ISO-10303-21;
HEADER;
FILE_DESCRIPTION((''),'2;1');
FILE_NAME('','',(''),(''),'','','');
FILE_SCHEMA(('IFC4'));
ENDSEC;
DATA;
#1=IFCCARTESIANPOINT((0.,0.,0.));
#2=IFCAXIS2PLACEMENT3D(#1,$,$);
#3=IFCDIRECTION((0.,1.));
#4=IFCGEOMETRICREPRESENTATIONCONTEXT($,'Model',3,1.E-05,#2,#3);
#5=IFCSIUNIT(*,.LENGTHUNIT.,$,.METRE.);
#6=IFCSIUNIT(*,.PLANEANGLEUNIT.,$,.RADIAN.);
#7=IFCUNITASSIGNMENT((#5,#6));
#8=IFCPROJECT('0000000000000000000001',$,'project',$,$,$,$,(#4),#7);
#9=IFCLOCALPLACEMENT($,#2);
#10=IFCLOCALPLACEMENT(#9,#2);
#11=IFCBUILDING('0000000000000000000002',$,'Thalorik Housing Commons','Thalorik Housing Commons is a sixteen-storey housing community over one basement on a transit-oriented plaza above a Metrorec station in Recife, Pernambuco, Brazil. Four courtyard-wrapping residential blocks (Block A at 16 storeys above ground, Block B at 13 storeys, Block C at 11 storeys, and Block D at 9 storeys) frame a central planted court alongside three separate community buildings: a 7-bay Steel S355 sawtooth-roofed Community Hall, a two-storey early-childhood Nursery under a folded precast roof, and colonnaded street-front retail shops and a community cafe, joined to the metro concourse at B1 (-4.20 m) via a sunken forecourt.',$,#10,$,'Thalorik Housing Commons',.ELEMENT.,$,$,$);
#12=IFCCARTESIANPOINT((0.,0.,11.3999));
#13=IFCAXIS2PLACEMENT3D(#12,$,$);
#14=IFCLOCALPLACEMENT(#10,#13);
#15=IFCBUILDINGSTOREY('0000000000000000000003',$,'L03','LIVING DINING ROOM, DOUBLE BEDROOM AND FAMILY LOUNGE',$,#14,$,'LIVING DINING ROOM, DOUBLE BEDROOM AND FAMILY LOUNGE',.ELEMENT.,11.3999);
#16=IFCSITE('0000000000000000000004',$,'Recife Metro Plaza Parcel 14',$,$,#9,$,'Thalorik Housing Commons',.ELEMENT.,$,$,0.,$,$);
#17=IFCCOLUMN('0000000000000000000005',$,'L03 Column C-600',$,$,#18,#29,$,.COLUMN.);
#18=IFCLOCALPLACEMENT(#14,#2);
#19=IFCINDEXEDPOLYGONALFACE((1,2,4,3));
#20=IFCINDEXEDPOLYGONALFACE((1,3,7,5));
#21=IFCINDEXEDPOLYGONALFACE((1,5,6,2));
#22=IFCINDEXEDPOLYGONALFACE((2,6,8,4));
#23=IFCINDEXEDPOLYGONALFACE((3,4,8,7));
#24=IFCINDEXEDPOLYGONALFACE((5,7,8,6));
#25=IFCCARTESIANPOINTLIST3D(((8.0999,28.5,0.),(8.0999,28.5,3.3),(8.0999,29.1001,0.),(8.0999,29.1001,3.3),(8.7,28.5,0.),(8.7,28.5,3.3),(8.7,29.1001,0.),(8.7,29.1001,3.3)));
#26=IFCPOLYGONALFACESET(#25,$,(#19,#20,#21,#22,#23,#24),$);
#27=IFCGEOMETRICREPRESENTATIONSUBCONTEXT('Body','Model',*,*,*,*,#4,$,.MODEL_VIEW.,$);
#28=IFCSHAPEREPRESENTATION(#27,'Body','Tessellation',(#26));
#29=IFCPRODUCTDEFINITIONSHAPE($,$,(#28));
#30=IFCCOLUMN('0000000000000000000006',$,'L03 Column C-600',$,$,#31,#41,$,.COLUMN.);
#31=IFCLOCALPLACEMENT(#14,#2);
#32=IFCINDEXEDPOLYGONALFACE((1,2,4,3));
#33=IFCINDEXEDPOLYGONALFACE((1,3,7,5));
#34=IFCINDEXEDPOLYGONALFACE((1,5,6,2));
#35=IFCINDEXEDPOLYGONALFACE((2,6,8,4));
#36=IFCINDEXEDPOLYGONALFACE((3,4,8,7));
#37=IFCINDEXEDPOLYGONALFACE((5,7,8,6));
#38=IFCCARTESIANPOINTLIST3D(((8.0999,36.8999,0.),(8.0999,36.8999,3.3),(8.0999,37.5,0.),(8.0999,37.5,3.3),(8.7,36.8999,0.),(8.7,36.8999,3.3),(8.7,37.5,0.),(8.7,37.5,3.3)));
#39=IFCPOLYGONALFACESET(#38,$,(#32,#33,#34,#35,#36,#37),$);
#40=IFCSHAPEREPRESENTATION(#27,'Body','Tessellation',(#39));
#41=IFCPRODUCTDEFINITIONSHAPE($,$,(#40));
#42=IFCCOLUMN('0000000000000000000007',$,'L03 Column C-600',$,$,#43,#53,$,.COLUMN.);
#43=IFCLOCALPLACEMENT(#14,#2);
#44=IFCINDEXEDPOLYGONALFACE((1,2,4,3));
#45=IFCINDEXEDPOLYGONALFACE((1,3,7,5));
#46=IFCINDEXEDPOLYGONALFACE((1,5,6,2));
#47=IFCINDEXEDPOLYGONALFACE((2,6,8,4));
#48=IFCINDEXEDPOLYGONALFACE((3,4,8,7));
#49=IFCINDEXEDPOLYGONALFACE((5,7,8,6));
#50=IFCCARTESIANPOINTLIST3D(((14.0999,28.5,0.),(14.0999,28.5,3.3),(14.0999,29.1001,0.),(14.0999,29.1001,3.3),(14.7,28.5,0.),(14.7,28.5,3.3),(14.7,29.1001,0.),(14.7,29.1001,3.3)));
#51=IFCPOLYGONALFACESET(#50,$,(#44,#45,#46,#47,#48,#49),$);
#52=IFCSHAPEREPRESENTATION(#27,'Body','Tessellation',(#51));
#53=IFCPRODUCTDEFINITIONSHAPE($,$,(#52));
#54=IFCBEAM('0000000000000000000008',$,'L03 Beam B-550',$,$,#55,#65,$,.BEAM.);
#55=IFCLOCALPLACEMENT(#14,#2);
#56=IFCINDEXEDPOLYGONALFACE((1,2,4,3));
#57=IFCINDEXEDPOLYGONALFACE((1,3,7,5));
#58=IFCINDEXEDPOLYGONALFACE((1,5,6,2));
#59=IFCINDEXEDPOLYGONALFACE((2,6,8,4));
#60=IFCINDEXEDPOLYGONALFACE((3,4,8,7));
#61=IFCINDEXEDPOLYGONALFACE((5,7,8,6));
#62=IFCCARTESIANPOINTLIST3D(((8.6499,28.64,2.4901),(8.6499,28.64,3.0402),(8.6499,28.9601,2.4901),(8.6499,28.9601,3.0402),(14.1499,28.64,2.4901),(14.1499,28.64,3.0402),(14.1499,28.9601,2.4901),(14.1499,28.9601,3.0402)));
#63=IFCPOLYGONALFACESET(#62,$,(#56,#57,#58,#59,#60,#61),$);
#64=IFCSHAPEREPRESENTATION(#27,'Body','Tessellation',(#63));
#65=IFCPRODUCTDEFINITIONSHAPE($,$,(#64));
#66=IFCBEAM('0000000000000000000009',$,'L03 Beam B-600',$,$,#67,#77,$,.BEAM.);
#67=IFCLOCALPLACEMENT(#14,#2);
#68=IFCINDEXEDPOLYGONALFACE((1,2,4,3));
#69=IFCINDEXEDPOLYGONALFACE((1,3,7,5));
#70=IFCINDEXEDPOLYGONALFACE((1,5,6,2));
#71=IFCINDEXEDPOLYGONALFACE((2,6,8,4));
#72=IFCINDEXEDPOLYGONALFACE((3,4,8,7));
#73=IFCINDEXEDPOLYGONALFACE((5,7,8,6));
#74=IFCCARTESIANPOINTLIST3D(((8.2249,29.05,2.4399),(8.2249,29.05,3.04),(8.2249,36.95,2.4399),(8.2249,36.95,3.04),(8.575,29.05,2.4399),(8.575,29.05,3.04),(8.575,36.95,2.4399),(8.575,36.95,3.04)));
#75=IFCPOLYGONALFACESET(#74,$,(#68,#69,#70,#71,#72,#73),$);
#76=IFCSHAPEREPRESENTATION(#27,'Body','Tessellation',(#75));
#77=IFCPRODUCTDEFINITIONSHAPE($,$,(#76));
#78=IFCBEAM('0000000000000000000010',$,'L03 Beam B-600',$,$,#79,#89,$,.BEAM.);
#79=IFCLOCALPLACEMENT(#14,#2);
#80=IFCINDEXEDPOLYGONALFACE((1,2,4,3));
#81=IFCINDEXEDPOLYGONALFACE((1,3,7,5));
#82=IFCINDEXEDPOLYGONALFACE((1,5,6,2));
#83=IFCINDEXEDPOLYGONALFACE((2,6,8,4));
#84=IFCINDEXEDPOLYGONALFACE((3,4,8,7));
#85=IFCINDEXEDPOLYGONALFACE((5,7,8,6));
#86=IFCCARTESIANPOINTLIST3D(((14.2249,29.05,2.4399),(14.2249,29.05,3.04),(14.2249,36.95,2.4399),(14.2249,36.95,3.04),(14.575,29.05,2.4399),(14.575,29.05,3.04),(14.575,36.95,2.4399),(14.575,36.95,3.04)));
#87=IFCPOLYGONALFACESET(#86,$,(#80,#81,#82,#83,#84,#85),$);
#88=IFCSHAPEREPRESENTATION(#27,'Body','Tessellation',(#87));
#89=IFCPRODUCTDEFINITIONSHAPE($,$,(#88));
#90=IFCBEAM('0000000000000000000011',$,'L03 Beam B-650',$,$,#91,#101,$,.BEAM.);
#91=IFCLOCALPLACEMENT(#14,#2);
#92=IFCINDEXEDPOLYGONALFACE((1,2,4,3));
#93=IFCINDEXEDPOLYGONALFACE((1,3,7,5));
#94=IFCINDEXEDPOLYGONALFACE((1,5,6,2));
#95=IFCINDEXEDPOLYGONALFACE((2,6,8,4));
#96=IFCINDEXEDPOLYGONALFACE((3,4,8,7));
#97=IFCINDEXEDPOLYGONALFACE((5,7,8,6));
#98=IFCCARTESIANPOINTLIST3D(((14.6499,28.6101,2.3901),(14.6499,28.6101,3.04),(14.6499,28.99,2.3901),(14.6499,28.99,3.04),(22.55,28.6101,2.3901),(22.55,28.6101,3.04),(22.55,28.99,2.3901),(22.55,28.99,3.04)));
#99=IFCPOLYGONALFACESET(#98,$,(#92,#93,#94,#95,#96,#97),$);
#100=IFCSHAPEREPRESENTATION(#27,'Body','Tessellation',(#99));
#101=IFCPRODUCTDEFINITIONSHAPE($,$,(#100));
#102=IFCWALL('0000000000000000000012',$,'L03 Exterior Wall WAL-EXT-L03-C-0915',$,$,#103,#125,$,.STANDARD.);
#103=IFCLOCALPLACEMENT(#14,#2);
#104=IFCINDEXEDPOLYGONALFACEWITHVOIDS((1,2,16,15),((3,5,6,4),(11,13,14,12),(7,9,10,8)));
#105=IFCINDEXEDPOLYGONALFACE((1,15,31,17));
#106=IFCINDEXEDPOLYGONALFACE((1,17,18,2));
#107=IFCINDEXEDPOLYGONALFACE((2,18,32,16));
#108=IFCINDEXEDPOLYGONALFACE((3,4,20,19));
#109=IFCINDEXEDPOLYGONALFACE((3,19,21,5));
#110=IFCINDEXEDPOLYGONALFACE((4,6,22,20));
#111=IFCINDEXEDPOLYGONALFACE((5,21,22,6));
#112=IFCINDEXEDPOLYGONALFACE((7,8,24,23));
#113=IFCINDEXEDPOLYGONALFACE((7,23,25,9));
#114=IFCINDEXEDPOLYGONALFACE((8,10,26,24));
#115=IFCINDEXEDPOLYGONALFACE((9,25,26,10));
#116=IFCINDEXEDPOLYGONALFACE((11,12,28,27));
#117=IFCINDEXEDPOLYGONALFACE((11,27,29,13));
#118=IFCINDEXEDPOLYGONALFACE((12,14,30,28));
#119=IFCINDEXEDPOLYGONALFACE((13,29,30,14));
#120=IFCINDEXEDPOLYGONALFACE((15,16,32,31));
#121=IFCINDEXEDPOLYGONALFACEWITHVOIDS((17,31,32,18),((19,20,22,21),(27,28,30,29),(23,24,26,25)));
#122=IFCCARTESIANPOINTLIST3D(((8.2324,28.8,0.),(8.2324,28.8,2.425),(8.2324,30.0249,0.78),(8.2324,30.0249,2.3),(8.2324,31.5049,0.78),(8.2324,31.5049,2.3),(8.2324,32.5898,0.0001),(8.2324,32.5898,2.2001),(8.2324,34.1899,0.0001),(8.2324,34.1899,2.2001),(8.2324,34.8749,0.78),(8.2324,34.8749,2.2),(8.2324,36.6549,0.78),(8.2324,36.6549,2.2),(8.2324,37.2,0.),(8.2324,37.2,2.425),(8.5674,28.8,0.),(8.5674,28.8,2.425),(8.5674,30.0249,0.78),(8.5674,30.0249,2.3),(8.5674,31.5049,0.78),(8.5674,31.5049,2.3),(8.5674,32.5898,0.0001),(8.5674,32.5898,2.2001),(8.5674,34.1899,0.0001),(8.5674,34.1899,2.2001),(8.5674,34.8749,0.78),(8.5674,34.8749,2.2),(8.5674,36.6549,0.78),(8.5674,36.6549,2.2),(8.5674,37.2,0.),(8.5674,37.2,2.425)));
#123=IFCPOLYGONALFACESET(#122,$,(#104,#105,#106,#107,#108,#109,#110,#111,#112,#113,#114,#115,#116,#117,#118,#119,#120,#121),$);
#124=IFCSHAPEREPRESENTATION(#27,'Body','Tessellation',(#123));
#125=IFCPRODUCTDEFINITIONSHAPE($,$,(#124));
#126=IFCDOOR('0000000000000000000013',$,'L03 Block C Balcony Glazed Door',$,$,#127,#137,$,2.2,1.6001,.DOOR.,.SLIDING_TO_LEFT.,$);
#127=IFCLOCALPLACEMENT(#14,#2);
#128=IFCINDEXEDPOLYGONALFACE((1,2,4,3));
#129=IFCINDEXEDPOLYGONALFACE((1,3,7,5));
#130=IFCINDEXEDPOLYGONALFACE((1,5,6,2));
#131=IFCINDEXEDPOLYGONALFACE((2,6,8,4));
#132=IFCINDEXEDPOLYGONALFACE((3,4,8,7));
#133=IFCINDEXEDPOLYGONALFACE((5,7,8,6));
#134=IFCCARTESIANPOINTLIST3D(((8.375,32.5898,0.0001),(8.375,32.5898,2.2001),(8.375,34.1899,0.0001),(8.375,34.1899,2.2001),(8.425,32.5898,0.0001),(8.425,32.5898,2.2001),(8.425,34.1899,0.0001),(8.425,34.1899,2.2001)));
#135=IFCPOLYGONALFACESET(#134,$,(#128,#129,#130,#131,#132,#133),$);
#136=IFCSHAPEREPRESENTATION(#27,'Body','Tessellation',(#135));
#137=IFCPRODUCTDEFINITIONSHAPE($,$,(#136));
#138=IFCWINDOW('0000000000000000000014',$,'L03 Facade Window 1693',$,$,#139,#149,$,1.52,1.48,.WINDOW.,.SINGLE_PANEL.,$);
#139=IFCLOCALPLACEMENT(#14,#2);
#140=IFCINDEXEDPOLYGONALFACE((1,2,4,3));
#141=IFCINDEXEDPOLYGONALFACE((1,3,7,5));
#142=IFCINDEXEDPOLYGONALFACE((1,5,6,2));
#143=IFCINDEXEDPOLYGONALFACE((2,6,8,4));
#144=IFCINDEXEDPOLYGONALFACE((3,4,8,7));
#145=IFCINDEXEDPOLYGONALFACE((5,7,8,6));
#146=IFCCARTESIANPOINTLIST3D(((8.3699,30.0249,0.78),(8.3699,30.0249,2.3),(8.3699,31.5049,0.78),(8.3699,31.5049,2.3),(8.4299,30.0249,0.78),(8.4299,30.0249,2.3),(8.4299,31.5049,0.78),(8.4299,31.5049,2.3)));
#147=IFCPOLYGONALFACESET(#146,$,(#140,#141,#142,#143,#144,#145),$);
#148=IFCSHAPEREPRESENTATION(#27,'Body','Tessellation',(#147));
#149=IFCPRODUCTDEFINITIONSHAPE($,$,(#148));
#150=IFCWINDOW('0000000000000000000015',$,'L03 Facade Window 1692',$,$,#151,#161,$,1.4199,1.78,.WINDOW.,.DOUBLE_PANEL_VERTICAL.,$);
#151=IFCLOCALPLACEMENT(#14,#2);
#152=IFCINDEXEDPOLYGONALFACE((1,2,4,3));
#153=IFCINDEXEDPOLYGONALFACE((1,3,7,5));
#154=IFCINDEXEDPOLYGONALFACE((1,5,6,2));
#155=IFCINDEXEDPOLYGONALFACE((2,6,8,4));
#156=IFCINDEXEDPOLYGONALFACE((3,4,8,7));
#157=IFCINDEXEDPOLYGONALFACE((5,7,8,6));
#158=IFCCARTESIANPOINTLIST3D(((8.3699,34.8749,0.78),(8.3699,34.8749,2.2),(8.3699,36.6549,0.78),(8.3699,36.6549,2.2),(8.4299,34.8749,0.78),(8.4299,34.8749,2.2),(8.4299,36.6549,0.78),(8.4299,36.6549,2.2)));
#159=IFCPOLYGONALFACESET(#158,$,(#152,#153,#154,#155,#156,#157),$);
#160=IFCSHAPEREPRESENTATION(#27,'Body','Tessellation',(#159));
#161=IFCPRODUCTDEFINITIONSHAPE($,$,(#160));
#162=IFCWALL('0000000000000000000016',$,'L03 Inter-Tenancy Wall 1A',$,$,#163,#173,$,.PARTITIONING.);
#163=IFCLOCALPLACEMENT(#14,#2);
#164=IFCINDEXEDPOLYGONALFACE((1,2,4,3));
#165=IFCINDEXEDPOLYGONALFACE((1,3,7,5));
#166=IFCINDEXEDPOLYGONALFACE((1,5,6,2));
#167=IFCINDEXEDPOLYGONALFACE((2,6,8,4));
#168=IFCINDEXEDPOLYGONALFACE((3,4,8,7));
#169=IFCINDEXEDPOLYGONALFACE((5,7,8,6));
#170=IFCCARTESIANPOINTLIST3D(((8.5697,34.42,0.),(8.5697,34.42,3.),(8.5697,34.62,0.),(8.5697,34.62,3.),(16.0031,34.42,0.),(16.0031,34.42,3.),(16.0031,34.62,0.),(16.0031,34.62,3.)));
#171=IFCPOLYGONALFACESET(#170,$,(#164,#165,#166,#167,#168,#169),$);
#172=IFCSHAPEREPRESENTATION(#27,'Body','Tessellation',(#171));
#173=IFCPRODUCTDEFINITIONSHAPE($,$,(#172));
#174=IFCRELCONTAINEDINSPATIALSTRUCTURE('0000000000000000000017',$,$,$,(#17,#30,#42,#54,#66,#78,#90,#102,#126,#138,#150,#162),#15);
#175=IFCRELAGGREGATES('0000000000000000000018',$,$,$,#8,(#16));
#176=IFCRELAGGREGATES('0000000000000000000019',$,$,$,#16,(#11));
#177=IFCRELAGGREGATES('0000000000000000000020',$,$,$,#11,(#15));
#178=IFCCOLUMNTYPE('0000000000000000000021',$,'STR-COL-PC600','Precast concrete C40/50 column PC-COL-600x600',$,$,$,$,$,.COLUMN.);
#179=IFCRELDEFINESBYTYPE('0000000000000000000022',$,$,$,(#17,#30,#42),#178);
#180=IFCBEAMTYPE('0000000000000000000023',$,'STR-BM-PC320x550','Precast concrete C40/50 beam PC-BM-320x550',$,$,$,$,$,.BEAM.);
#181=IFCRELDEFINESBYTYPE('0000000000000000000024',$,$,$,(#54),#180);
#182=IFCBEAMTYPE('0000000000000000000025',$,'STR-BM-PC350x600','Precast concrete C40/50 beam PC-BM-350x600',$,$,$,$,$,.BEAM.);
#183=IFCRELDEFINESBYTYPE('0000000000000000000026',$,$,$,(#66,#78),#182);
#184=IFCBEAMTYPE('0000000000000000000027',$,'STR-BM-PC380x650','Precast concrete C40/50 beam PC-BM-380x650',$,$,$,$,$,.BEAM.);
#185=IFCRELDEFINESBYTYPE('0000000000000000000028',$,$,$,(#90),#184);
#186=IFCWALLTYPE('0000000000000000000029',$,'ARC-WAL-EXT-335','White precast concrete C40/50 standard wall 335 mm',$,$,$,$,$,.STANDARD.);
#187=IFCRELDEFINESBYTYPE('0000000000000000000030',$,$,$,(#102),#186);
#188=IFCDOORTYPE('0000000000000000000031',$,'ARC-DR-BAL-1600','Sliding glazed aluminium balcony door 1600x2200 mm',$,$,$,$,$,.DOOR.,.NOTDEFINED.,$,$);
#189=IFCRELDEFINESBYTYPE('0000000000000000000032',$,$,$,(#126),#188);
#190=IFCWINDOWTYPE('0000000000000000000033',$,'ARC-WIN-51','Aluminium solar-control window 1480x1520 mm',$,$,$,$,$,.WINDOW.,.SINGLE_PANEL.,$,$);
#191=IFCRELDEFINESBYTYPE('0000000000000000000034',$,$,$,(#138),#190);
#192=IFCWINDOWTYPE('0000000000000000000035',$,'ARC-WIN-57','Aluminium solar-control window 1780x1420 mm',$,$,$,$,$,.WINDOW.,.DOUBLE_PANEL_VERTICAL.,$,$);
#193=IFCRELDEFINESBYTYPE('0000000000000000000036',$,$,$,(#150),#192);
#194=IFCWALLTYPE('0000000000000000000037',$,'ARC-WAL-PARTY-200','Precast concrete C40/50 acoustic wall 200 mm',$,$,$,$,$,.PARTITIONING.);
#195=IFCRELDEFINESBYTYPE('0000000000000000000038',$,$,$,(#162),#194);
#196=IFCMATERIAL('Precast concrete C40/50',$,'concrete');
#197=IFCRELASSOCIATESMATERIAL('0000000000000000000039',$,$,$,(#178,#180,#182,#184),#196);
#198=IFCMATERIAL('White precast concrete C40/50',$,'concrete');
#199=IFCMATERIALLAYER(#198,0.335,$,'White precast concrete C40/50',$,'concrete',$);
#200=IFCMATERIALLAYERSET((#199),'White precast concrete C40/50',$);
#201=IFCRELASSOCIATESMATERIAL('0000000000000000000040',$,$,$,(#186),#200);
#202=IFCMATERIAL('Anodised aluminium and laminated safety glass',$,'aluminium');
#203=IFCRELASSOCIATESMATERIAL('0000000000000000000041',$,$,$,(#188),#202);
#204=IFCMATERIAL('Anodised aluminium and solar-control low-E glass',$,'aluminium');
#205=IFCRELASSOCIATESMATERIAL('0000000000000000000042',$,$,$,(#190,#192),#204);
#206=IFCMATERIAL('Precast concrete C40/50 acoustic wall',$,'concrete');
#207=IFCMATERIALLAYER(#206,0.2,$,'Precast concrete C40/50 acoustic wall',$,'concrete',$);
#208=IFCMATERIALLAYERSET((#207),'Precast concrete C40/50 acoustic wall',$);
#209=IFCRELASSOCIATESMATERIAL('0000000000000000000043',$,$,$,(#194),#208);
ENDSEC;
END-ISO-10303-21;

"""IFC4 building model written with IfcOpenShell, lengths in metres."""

from ifc_helpers import new_model, si_unit, direction, frame, frame_2d, origin, origin_2d, place, context, subcontext, project, spatial, rectangle, extrude, material, layer, layer_set, material_profile, profile_set, type_object, element, fill, save


model = new_model("IFC4")

# Units and contexts
model_context = context("Model", 3, precision=1e-05, world=origin(), true_north=direction((0.0, 1.0)))
body_context = subcontext(model_context, "Body", "Model", "MODEL_VIEW")
ifc_project = project(units=[si_unit("LENGTHUNIT", "METRE"), si_unit("PLANEANGLEUNIT", "RADIAN")], contexts=[model_context])

# Site, building, storey
site_placement = place(None, origin())
site = spatial("IfcSite", under=ifc_project, at=site_placement, Name="Recife Metro Plaza Parcel 14", LongName="Thalorik Housing Commons", CompositionType="ELEMENT", RefElevation=0.0)
building_placement = place(site_placement, origin())
building = spatial("IfcBuilding", under=site, at=building_placement, Name="Thalorik Housing Commons", Description="Thalorik Housing Commons is a sixteen-storey housing community over one basement on a transit-oriented plaza above a Metrorec station in Recife, Pernambuco, Brazil. Four courtyard-wrapping residential blocks (Block A at 16 storeys above ground, Block B at 13 storeys, Block C at 11 storeys, and Block D at 9 storeys) frame a central planted court alongside three separate community buildings: a 7-bay Steel S355 sawtooth-roofed Community Hall, a two-storey early-childhood Nursery under a folded precast roof, and colonnaded street-front retail shops and a community cafe, joined to the metro concourse at B1 (-4.20 m) via a sunken forecourt.", LongName="Thalorik Housing Commons", CompositionType="ELEMENT")
storey_placement = place(building_placement, frame((0.0, 0.0, 11.3999)))
storey = spatial("IfcBuildingStorey", under=building, at=storey_placement, Name="L03", Description="LIVING DINING ROOM, DOUBLE BEDROOM AND FAMILY LOUNGE", LongName="LIVING DINING ROOM, DOUBLE BEDROOM AND FAMILY LOUNGE", CompositionType="ELEMENT", Elevation=11.3999)

# Columns
ifc_material_1 = material(Name="Precast concrete C40/50", Category="concrete")
ifc_material_profile_1 = material_profile(ifc_material_1, rectangle(XDim=0.6001, YDim=0.6001, at=origin_2d()), Name="PC 600x600", Category="concrete")
ifc_profile_set_1 = profile_set([ifc_material_profile_1], Name="Precast concrete C40/50")
column_type = type_object("IfcColumnType", Name="STR-COL-PC600", Description="Precast concrete C40/50 column PC-COL-600x600", PredefinedType="COLUMN", material=ifc_profile_set_1)
for number, where, z_axis, x_axis, name in (
    (1, (8.3999, 28.8, 0.0), (0.0, 0.0, 1.0), (1.0, 0.0, 0.0), "L03 Column C-600"),
    (2, (8.3999, 37.2, 0.0), (0.0, 0.0, 1.0), (1.0, 0.0, 0.0), "L03 Column C-600"),
    (3, (14.3999, 28.8, 0.0), (0.0, 0.0, 1.0), (1.0, 0.0, 0.0), "L03 Column C-600"),
):
    element("IfcColumn", number, at=place(storey_placement, frame(where, z_axis=z_axis, x_axis=x_axis)), inside=storey, type_object=column_type, Name=name, PredefinedType="COLUMN", context=body_context, shape_type="SweptSolid", body=[
        extrude(rectangle(XDim=0.6001, YDim=0.6001, at=origin_2d()), origin(), (0.0, 0.0, 1.0), 3.3),
    ])

# Beams
ifc_material_profile_2 = material_profile(ifc_material_1, rectangle(XDim=0.3201, YDim=0.55, at=origin_2d()), Name="PC 320x550", Category="concrete")
ifc_profile_set_2 = profile_set([ifc_material_profile_2], Name="Precast concrete C40/50")
beam_type_1 = type_object("IfcBeamType", Name="STR-BM-PC320x550", Description="Precast concrete C40/50 beam PC-BM-320x550", PredefinedType="BEAM", material=ifc_profile_set_2)
beam_1_placement = place(storey_placement, frame((8.6499, 28.8, 2.7651), z_axis=(1.0, 0.0, 0.0), x_axis=(0.0, 1.0, 0.0)))
element("IfcBeam", 4, at=beam_1_placement, inside=storey, type_object=beam_type_1, Name="L03 Beam B-550", PredefinedType="BEAM", context=body_context, shape_type="SweptSolid", body=[
    extrude(rectangle(XDim=0.3201, YDim=0.55, at=origin_2d()), origin(), (0.0, 0.0, 1.0), 5.5),
])
ifc_material_profile_3 = material_profile(ifc_material_1, rectangle(XDim=0.3501, YDim=0.6001, at=origin_2d()), Name="PC 350x600", Category="concrete")
ifc_profile_set_3 = profile_set([ifc_material_profile_3], Name="Precast concrete C40/50")
beam_type_2 = type_object("IfcBeamType", Name="STR-BM-PC350x600", Description="Precast concrete C40/50 beam PC-BM-350x600", PredefinedType="BEAM", material=ifc_profile_set_3)
for number, where, z_axis, x_axis, name in (
    (5, (8.3999, 29.05, 2.74), (0.0, 1.0, 0.0), (-1.0, 0.0, 0.0), "L03 Beam B-600"),
    (6, (14.3999, 29.05, 2.74), (0.0, 1.0, 0.0), (-1.0, 0.0, 0.0), "L03 Beam B-600"),
):
    element("IfcBeam", number, at=place(storey_placement, frame(where, z_axis=z_axis, x_axis=x_axis)), inside=storey, type_object=beam_type_2, Name=name, PredefinedType="BEAM", context=body_context, shape_type="SweptSolid", body=[
        extrude(rectangle(XDim=0.3501, YDim=0.6001, at=origin_2d()), origin(), (0.0, 0.0, 1.0), 7.8999),
    ])
ifc_material_profile_4 = material_profile(ifc_material_1, rectangle(XDim=0.3799, YDim=0.6499, at=origin_2d()), Name="PC 380x650", Category="concrete")
ifc_profile_set_4 = profile_set([ifc_material_profile_4], Name="Precast concrete C40/50")
beam_type_3 = type_object("IfcBeamType", Name="STR-BM-PC380x650", Description="Precast concrete C40/50 beam PC-BM-380x650", PredefinedType="BEAM", material=ifc_profile_set_4)
beam_2_placement = place(storey_placement, frame((14.6499, 28.8, 2.7151), z_axis=(1.0, 0.0, 0.0), x_axis=(0.0, 1.0, 0.0)))
element("IfcBeam", 7, at=beam_2_placement, inside=storey, type_object=beam_type_3, Name="L03 Beam B-650", PredefinedType="BEAM", context=body_context, shape_type="SweptSolid", body=[
    extrude(rectangle(XDim=0.3799, YDim=0.6499, at=origin_2d()), origin(), (0.0, 0.0, 1.0), 7.9001),
])

# Wall, openings, door, windows
ifc_material_2 = material(Name="White precast concrete C40/50", Category="concrete")
ifc_layer_1 = layer(ifc_material_2, 0.335, Name="White precast concrete C40/50", Category="concrete")
ifc_layer_set_1 = layer_set([ifc_layer_1], Name="White precast concrete C40/50")
wall_type_1 = type_object("IfcWallType", Name="ARC-WAL-EXT-335", Description="White precast concrete C40/50 standard wall 335 mm", PredefinedType="STANDARD", material=ifc_layer_set_1)
wall_1_placement = place(storey_placement, frame((8.3999, 37.2, 0.0), z_axis=(0.0, 0.0, 1.0), x_axis=(0.0, -1.0, 0.0)))
wall_1 = element("IfcWall", 8, at=wall_1_placement, inside=storey, type_object=wall_type_1, Name="L03 Exterior Wall WAL-EXT-L03-C-0915", PredefinedType="STANDARD", context=body_context, shape_type="SweptSolid", body=[
    extrude(rectangle(XDim=8.3999, YDim=0.335, at=frame_2d((4.2, 0.0))), origin(), (0.0, 0.0, 1.0), 2.425),
])
opening_1_placement = place(wall_1_placement, frame((3.01, 0.0, 0.0)))
opening_1 = element("IfcOpeningElement", 9, at=opening_1_placement, cuts=wall_1, PredefinedType="OPENING", context=body_context, shape_type="SweptSolid", body=[
    extrude(rectangle(XDim=1.6001, YDim=2.2, at=frame_2d((0.8, 1.1001))), frame((0.0, 0.1775, 0.0), z_axis=(0.0, -1.0, 0.0), x_axis=(1.0, 0.0, 0.0)), (0.0, 0.0, 1.0), 0.355),
])
opening_2_placement = place(wall_1_placement, frame((0.5449, 0.0, 0.78)))
opening_2 = element("IfcOpeningElement", 10, at=opening_2_placement, cuts=wall_1, PredefinedType="OPENING", context=body_context, shape_type="SweptSolid", body=[
    extrude(rectangle(XDim=1.78, YDim=1.4199, at=frame_2d((0.8901, 0.71))), frame((0.0, 0.1775, 0.0), z_axis=(0.0, -1.0, 0.0), x_axis=(1.0, 0.0, 0.0)), (0.0, 0.0, 1.0), 0.355),
])
opening_3_placement = place(wall_1_placement, frame((5.6951, 0.0, 0.78)))
opening_3 = element("IfcOpeningElement", 11, at=opening_3_placement, cuts=wall_1, PredefinedType="OPENING", context=body_context, shape_type="SweptSolid", body=[
    extrude(rectangle(XDim=1.48, YDim=1.52, at=frame_2d((0.74, 0.76))), frame((0.0, 0.1775, 0.0), z_axis=(0.0, -1.0, 0.0), x_axis=(1.0, 0.0, 0.0)), (0.0, 0.0, 1.0), 0.355),
])
ifc_material_3 = material(Name="Anodised aluminium and laminated safety glass", Category="aluminium")
door_type_1 = type_object("IfcDoorType", Name="ARC-DR-BAL-1600", Description="Sliding glazed aluminium balcony door 1600x2200 mm", OperationType="NOTDEFINED", PredefinedType="DOOR", material=ifc_material_3)
door_1_placement = place(opening_1_placement, frame((1.6001, 0.0, 0.0), z_axis=(0.0, 0.0, 1.0), x_axis=(-1.0, 0.0, 0.0)))
door_1 = element("IfcDoor", 12, at=door_1_placement, inside=storey, type_object=door_type_1, Name="L03 Block C Balcony Glazed Door", OperationType="SLIDING_TO_LEFT", OverallHeight=2.2, OverallWidth=1.6001, PredefinedType="DOOR", context=body_context, shape_type="SweptSolid", body=[
    extrude(rectangle(XDim=1.6001, YDim=2.2, at=frame_2d((0.8, 1.1001))), frame((0.0, 0.0249, 0.0), z_axis=(0.0, -1.0, 0.0), x_axis=(1.0, 0.0, 0.0)), (0.0, 0.0, 1.0), 0.05),
])
fill(opening_1, door_1)
ifc_material_4 = material(Name="Anodised aluminium and solar-control low-E glass", Category="aluminium")
window_type_1 = type_object("IfcWindowType", Name="ARC-WIN-51", Description="Aluminium solar-control window 1480x1520 mm", PartitioningType="SINGLE_PANEL", PredefinedType="WINDOW", material=ifc_material_4)
window_1_placement = place(opening_3_placement, origin())
window_1 = element("IfcWindow", 13, at=window_1_placement, inside=storey, type_object=window_type_1, Name="L03 Facade Window 1693", OverallHeight=1.52, OverallWidth=1.48, PartitioningType="SINGLE_PANEL", PredefinedType="WINDOW", context=body_context, shape_type="SweptSolid", body=[
    extrude(rectangle(XDim=1.48, YDim=1.52, at=frame_2d((0.74, 0.76))), frame((0.0, 0.03, 0.0), z_axis=(0.0, -1.0, 0.0), x_axis=(1.0, 0.0, 0.0)), (0.0, 0.0, 1.0), 0.0601),
])
fill(opening_3, window_1)
window_type_2 = type_object("IfcWindowType", Name="ARC-WIN-57", Description="Aluminium solar-control window 1780x1420 mm", PartitioningType="DOUBLE_PANEL_VERTICAL", PredefinedType="WINDOW", material=ifc_material_4)
window_2_placement = place(opening_2_placement, origin())
window_2 = element("IfcWindow", 14, at=window_2_placement, inside=storey, type_object=window_type_2, Name="L03 Facade Window 1692", OverallHeight=1.4199, OverallWidth=1.78, PartitioningType="DOUBLE_PANEL_VERTICAL", PredefinedType="WINDOW", context=body_context, shape_type="SweptSolid", body=[
    extrude(rectangle(XDim=1.78, YDim=1.4199, at=frame_2d((0.8901, 0.71))), frame((0.0, 0.03, 0.0), z_axis=(0.0, -1.0, 0.0), x_axis=(1.0, 0.0, 0.0)), (0.0, 0.0, 1.0), 0.0601),
])
fill(opening_2, window_2)

# Wall
ifc_material_5 = material(Name="Precast concrete C40/50 acoustic wall", Category="concrete")
ifc_layer_2 = layer(ifc_material_5, 0.2, Name="Precast concrete C40/50 acoustic wall", Category="concrete")
ifc_layer_set_2 = layer_set([ifc_layer_2], Name="Precast concrete C40/50 acoustic wall")
wall_type_2 = type_object("IfcWallType", Name="ARC-WAL-PARTY-200", Description="Precast concrete C40/50 acoustic wall 200 mm", PredefinedType="PARTITIONING", material=ifc_layer_set_2)
wall_2_placement = place(storey_placement, frame((8.5696, 34.52, 0.0), z_axis=(0.0, 0.0, 1.0), x_axis=(1.0, 0.0, 0.0)))
element("IfcWall", 15, at=wall_2_placement, inside=storey, type_object=wall_type_2, Name="L03 Inter-Tenancy Wall 1A", PredefinedType="PARTITIONING", context=body_context, shape_type="SweptSolid", body=[
    extrude(rectangle(XDim=7.4333, YDim=0.2, at=frame_2d((3.7168, 0.0))), origin(), (0.0, 0.0, 1.0), 3.0),
])

save(model, "model.ifc")
